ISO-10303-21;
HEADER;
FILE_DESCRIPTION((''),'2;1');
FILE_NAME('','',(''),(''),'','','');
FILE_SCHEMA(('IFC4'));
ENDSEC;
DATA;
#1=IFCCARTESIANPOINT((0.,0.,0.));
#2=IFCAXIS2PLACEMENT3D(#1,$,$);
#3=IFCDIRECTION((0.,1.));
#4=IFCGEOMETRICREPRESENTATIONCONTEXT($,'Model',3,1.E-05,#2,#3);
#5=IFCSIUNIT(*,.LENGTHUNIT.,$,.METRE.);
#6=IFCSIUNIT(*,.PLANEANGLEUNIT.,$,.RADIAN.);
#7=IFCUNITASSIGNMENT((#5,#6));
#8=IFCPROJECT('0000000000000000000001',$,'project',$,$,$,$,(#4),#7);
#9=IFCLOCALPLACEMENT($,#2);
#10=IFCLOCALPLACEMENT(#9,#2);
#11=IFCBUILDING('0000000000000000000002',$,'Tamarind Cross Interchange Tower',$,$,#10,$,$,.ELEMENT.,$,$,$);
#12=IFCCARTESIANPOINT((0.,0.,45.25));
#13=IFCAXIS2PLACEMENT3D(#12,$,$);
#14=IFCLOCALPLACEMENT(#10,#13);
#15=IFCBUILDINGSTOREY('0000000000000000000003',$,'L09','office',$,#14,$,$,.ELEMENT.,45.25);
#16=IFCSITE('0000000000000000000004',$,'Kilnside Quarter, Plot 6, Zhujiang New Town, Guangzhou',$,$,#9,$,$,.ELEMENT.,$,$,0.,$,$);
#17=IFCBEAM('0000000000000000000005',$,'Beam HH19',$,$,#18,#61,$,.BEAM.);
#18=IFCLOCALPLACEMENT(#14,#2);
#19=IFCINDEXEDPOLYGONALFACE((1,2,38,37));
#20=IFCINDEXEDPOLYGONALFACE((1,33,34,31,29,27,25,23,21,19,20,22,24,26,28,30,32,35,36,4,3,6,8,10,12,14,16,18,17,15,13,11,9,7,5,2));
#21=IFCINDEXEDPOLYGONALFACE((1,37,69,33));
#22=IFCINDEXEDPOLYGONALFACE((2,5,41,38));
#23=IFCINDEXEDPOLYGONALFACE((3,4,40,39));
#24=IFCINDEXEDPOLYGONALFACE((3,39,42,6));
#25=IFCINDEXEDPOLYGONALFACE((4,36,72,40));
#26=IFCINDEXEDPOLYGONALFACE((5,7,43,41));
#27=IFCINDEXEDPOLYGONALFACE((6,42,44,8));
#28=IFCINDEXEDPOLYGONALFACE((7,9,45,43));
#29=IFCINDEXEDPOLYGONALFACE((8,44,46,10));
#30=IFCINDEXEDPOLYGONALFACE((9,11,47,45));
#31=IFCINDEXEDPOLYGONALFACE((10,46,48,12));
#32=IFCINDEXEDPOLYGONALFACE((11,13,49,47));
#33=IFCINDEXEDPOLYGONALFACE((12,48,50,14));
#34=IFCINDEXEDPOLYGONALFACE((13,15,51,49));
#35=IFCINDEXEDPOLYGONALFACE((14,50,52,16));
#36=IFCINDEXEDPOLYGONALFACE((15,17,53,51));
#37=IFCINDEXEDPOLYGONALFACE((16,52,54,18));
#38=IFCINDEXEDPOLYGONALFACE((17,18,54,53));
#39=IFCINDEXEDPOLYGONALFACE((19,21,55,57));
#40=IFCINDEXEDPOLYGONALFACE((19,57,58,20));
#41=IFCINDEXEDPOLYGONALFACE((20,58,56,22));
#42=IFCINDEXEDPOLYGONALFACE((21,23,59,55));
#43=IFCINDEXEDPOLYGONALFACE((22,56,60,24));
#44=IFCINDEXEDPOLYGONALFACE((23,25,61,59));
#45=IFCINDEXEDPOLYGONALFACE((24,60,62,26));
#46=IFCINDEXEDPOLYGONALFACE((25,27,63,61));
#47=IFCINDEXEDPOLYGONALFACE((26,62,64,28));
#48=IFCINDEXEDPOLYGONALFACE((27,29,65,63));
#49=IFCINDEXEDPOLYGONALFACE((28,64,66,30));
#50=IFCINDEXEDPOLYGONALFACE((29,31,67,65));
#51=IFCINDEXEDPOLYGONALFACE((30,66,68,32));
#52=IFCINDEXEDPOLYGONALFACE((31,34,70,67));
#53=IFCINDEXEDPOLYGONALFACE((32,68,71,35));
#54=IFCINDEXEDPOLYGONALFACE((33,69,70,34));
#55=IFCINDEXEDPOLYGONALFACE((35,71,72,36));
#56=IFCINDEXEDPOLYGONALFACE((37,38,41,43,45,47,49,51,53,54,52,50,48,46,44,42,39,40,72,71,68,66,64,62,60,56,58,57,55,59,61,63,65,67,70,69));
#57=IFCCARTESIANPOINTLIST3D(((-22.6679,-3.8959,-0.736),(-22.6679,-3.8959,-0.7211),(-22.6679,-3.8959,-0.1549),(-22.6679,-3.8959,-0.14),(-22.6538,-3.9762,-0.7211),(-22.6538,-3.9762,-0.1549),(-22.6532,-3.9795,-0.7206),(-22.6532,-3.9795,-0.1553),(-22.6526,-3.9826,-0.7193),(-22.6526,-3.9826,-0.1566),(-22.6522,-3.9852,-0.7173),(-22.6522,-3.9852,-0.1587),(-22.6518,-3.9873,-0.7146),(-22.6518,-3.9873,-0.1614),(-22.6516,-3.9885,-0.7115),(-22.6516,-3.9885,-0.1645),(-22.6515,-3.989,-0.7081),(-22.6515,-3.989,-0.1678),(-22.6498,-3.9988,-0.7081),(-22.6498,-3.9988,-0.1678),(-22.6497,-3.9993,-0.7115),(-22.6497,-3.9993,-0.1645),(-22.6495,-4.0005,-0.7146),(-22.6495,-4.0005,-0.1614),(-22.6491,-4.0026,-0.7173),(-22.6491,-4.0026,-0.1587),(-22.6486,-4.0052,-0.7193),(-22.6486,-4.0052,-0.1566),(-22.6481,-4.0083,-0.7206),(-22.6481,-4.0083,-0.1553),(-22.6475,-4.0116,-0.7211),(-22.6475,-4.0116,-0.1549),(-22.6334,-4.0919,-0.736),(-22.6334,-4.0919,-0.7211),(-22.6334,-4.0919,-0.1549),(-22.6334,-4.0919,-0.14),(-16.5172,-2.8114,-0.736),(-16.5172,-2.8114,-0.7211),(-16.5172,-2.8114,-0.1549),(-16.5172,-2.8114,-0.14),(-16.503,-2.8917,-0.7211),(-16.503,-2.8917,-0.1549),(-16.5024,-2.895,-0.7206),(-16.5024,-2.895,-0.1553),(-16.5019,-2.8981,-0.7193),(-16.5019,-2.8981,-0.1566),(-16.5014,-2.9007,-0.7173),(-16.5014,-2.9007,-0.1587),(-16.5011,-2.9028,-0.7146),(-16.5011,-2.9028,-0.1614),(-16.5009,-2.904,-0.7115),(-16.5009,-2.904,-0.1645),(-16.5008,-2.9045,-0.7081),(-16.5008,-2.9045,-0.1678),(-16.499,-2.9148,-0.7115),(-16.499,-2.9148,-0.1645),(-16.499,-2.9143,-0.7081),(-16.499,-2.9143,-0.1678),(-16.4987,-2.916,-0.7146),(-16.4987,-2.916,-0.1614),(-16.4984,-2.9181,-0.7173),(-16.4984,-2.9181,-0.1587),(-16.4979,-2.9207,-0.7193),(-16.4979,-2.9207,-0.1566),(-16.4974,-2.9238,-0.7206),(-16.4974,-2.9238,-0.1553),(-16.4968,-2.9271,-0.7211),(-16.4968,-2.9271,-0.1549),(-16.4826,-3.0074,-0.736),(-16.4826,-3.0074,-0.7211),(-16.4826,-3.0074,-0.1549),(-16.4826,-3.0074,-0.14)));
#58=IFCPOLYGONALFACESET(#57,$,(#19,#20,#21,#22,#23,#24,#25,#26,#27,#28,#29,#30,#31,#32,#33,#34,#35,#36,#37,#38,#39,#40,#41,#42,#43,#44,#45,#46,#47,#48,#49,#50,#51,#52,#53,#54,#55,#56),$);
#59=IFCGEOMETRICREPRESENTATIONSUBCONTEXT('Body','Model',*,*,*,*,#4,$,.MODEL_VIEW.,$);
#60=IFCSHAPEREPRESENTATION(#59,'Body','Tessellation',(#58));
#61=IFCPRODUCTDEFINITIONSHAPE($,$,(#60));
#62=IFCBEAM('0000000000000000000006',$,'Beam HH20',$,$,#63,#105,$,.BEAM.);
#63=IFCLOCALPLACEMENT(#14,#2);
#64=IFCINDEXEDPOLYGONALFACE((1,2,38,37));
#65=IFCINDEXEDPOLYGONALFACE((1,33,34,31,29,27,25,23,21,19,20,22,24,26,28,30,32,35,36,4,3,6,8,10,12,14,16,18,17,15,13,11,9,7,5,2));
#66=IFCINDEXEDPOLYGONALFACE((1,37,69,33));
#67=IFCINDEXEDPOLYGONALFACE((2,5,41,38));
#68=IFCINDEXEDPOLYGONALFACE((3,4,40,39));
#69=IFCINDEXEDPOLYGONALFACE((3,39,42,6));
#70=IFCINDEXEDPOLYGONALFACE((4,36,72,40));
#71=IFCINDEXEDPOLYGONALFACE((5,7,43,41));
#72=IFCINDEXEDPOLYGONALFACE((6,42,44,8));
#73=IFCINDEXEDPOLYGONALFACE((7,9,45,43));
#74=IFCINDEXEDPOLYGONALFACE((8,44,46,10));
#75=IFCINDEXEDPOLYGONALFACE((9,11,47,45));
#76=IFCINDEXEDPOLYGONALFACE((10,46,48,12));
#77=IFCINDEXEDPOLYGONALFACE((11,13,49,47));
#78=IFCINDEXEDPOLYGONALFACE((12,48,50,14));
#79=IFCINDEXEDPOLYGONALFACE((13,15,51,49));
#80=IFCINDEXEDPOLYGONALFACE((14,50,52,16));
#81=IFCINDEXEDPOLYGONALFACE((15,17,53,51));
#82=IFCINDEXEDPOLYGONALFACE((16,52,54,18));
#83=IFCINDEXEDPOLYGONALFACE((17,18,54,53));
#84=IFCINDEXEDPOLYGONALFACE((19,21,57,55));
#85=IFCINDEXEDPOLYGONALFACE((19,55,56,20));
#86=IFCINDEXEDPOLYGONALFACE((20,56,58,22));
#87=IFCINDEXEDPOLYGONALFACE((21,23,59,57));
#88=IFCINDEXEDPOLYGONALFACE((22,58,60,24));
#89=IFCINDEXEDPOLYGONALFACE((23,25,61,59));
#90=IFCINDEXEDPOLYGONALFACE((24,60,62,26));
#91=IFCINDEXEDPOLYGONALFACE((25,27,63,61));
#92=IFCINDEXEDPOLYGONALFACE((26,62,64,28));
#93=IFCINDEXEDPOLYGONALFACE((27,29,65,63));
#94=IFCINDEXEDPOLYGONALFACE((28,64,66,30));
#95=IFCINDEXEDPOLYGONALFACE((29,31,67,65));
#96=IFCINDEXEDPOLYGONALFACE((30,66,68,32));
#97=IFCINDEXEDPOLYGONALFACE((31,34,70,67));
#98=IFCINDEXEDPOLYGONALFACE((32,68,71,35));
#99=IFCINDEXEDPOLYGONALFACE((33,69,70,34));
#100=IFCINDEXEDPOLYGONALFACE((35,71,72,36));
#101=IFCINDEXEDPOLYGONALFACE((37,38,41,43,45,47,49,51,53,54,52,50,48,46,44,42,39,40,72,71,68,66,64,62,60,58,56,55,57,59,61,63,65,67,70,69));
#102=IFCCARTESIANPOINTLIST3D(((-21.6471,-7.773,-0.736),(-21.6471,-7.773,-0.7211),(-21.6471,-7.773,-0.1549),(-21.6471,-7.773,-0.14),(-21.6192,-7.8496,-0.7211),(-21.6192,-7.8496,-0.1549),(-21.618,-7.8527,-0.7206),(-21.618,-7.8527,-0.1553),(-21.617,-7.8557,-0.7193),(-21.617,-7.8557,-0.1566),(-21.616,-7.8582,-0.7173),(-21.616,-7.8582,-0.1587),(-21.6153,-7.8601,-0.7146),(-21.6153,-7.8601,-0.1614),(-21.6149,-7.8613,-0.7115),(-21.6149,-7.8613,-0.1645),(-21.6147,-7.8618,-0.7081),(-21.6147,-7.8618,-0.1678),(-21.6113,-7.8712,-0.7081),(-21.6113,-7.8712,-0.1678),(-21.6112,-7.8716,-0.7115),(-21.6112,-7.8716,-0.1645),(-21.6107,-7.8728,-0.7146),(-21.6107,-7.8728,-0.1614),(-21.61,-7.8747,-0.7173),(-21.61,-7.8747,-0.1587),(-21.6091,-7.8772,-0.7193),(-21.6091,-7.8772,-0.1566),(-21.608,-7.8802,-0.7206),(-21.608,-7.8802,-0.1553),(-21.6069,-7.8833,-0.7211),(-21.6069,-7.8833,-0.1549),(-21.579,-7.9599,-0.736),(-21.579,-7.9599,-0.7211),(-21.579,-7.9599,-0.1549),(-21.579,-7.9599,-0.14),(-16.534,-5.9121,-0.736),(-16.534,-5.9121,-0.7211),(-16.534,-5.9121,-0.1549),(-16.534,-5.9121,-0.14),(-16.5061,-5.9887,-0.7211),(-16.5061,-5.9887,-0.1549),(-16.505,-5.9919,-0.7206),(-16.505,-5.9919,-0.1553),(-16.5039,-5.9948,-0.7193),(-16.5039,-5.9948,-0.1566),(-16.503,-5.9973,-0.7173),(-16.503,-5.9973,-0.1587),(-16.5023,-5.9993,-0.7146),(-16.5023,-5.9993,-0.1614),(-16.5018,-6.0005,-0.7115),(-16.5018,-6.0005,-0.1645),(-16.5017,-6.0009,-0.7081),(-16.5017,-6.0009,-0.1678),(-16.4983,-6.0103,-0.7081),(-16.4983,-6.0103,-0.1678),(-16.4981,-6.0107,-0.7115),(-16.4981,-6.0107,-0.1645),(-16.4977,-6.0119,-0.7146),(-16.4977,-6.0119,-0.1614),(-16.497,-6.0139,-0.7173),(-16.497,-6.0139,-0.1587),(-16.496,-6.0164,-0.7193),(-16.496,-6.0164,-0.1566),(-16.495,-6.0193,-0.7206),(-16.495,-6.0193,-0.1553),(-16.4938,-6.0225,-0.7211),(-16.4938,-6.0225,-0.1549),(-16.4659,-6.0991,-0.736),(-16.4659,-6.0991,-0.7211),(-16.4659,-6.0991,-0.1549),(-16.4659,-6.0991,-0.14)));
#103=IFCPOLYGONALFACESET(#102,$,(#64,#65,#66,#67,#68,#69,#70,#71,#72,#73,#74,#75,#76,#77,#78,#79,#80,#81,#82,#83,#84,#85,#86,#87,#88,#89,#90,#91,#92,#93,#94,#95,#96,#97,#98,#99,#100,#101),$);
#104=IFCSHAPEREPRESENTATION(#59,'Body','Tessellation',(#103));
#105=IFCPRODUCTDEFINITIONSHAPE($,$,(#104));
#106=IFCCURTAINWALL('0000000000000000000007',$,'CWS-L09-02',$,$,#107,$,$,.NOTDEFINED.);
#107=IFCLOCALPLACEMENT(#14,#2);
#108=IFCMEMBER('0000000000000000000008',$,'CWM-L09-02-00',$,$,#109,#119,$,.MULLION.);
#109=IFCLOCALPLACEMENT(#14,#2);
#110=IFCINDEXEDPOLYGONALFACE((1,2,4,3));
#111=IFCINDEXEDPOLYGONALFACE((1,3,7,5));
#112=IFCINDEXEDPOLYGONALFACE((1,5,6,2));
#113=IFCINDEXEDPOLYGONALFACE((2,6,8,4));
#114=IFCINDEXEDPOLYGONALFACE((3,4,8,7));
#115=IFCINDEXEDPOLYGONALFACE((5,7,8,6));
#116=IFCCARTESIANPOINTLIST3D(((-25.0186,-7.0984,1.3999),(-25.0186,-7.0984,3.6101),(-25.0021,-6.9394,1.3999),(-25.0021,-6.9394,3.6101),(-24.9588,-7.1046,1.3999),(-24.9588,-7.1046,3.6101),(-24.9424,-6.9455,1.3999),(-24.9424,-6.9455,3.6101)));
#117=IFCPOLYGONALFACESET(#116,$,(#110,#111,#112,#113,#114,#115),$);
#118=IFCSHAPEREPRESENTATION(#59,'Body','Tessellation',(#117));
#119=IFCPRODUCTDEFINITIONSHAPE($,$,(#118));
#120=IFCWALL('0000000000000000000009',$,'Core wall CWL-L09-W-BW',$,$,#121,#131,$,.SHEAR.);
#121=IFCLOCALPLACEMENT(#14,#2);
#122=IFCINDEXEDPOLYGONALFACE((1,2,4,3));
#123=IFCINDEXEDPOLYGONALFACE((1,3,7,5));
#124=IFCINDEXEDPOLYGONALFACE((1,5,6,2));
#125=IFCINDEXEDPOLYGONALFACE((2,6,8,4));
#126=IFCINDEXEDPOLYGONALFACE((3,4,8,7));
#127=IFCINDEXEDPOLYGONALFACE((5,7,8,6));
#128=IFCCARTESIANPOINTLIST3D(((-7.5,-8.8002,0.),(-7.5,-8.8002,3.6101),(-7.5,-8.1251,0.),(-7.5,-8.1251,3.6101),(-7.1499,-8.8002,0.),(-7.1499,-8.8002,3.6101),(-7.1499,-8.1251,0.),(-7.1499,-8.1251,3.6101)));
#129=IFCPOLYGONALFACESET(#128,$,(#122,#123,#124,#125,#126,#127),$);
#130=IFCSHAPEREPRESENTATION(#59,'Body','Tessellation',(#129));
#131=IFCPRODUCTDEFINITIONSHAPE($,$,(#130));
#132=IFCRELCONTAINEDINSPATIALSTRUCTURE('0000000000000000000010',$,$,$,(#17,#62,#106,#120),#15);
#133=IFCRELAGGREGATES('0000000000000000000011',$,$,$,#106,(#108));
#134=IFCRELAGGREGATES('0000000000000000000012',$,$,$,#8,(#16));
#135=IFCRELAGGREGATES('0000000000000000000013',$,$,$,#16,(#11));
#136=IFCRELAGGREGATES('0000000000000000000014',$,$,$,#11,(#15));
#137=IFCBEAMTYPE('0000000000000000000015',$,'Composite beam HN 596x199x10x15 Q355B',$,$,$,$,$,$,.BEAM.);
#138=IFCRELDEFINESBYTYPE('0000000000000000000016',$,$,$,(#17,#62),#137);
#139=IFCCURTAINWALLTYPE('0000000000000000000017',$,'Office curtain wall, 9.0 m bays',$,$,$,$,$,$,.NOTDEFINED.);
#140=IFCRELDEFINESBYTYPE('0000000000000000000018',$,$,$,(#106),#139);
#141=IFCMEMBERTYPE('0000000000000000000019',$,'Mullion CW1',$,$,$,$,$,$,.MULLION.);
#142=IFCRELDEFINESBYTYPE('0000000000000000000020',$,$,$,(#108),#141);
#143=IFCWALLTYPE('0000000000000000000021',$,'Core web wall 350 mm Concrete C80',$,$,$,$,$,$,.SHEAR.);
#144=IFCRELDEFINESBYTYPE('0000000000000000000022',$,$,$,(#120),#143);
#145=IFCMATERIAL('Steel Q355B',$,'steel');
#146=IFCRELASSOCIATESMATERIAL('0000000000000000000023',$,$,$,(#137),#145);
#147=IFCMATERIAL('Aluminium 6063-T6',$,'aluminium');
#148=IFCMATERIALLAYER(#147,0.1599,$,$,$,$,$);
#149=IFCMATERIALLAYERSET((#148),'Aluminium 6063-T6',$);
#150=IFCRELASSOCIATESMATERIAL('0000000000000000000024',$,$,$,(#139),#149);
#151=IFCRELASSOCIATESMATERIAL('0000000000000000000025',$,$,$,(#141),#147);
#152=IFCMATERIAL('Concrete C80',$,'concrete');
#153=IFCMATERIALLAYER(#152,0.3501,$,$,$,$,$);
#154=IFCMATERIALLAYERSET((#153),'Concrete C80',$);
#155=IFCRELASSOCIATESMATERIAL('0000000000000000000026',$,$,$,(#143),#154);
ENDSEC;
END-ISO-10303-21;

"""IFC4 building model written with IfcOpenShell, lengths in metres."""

from ifc_helpers import new_model, si_unit, direction, frame, frame_2d, origin, origin_2d, place, context, subcontext, project, spatial, rectangle, i_section, extrude, material, layer, layer_set, material_profile, profile_set, type_object, element, aggregate, save


model = new_model("IFC4")

# Units and contexts
model_context = context("Model", 3, precision=1e-05, world=origin(), true_north=direction((0.0, 1.0)))
body_context = subcontext(model_context, "Body", "Model", "MODEL_VIEW")
ifc_project = project(units=[si_unit("LENGTHUNIT", "METRE"), si_unit("PLANEANGLEUNIT", "RADIAN")], contexts=[model_context])

# Site, building, storey
site_placement = place(None, origin())
site = spatial("IfcSite", under=ifc_project, at=site_placement, Name="Kilnside Quarter, Plot 6, Zhujiang New Town, Guangzhou", CompositionType="ELEMENT", RefElevation=0.0)
building_placement = place(site_placement, origin())
building = spatial("IfcBuilding", under=site, at=building_placement, Name="Tamarind Cross Interchange Tower", CompositionType="ELEMENT")
storey_placement = place(building_placement, frame((0.0, 0.0, 45.25)))
storey = spatial("IfcBuildingStorey", under=building, at=storey_placement, Name="L09", Description="office", CompositionType="ELEMENT", Elevation=45.25)

# Beams
ifc_material_1 = material(Name="Steel Q355B", Category="steel")
ifc_material_profile_1 = material_profile(ifc_material_1, i_section(OverallWidth=0.199, OverallDepth=0.5959, WebThickness=0.01, FlangeThickness=0.0149, FilletRadius=0.0129, at=origin_2d()), Name="HN 596x199x10x15")
ifc_profile_set_1 = profile_set([ifc_material_profile_1], Name="Steel Q355B")
beam_type = type_object("IfcBeamType", Name="Composite beam HN 596x199x10x15 Q355B", PredefinedType="BEAM", material=ifc_profile_set_1)
beam_1_placement = place(storey_placement, frame((-22.6506, -3.9939, -0.438), z_axis=(0.984809, 0.17364, 0.0), x_axis=(-0.17364, 0.984809, 0.0)))
element("IfcBeam", 1, at=beam_1_placement, inside=storey, type_object=beam_type, Name="Beam HH19", PredefinedType="BEAM", context=body_context, shape_type="SweptSolid", body=[
    extrude(i_section(OverallWidth=0.199, OverallDepth=0.5959, WebThickness=0.01, FlangeThickness=0.0149, FilletRadius=0.0129, at=origin_2d()), origin(), (0.0, 0.0, 1.0), 6.2456),
])
beam_2_placement = place(storey_placement, frame((-21.613, -7.8665, -0.438), z_axis=(0.939702, 0.341995, 0.0), x_axis=(-0.341995, 0.939702, 0.0)))
element("IfcBeam", 2, at=beam_2_placement, inside=storey, type_object=beam_type, Name="Beam HH20", PredefinedType="BEAM", context=body_context, shape_type="SweptSolid", body=[
    extrude(i_section(OverallWidth=0.199, OverallDepth=0.5959, WebThickness=0.01, FlangeThickness=0.0149, FilletRadius=0.0129, at=origin_2d()), origin(), (0.0, 0.0, 1.0), 5.4412),
])

# Curtain wall, member
ifc_material_2 = material(Name="Aluminium 6063-T6", Category="aluminium")
ifc_layer_1 = layer(ifc_material_2, 0.1599)
ifc_layer_set_1 = layer_set([ifc_layer_1], Name="Aluminium 6063-T6")
curtain_wall_type = type_object("IfcCurtainWallType", Name="Office curtain wall, 9.0 m bays", PredefinedType="NOTDEFINED", material=ifc_layer_set_1)
curtain_wall_placement = place(storey_placement, origin())
curtain_wall = element("IfcCurtainWall", 3, at=curtain_wall_placement, inside=storey, type_object=curtain_wall_type, Name="CWS-L09-02", PredefinedType="NOTDEFINED")
ifc_material_profile_2 = material_profile(ifc_material_2, rectangle(XDim=0.0601, YDim=0.1599, at=origin_2d()), Name="Mullion CW1")
ifc_profile_set_2 = profile_set([ifc_material_profile_2], Name="Aluminium 6063-T6")
member_type = type_object("IfcMemberType", Name="Mullion CW1", PredefinedType="MULLION", material=ifc_profile_set_2)
member_placement = place(storey_placement, frame((-24.9805, -7.022, 1.3999), z_axis=(0.0, 0.0, 1.0), x_axis=(0.994692, -0.102898, 0.0)))
member = element("IfcMember", 4, at=member_placement, type_object=member_type, Name="CWM-L09-02-00", PredefinedType="MULLION", context=body_context, shape_type="SweptSolid", body=[
    extrude(rectangle(XDim=0.0601, YDim=0.1599, at=origin_2d()), origin(), (0.0, 0.0, 1.0), 2.2102),
])
aggregate(curtain_wall, [member])

# Wall
ifc_material_3 = material(Name="Concrete C80", Category="concrete")
ifc_layer_2 = layer(ifc_material_3, 0.3501)
ifc_layer_set_2 = layer_set([ifc_layer_2], Name="Concrete C80")
wall_type_1 = type_object("IfcWallType", Name="Core web wall 350 mm Concrete C80", PredefinedType="SHEAR", material=ifc_layer_set_2)
wall_1_placement = place(storey_placement, frame((-7.325, -8.8, 0.0), z_axis=(0.0, 0.0, 1.0), x_axis=(0.0, 1.0, 0.0)))
element("IfcWall", 5, at=wall_1_placement, inside=storey, type_object=wall_type_1, Name="Core wall CWL-L09-W-BW", PredefinedType="SHEAR", context=body_context, shape_type="SweptSolid", body=[
    extrude(rectangle(XDim=0.675, YDim=0.3501, at=frame_2d((0.3374, 0.0))), origin(), (0.0, 0.0, 1.0), 3.6101),
])

save(model, "model.ifc")
